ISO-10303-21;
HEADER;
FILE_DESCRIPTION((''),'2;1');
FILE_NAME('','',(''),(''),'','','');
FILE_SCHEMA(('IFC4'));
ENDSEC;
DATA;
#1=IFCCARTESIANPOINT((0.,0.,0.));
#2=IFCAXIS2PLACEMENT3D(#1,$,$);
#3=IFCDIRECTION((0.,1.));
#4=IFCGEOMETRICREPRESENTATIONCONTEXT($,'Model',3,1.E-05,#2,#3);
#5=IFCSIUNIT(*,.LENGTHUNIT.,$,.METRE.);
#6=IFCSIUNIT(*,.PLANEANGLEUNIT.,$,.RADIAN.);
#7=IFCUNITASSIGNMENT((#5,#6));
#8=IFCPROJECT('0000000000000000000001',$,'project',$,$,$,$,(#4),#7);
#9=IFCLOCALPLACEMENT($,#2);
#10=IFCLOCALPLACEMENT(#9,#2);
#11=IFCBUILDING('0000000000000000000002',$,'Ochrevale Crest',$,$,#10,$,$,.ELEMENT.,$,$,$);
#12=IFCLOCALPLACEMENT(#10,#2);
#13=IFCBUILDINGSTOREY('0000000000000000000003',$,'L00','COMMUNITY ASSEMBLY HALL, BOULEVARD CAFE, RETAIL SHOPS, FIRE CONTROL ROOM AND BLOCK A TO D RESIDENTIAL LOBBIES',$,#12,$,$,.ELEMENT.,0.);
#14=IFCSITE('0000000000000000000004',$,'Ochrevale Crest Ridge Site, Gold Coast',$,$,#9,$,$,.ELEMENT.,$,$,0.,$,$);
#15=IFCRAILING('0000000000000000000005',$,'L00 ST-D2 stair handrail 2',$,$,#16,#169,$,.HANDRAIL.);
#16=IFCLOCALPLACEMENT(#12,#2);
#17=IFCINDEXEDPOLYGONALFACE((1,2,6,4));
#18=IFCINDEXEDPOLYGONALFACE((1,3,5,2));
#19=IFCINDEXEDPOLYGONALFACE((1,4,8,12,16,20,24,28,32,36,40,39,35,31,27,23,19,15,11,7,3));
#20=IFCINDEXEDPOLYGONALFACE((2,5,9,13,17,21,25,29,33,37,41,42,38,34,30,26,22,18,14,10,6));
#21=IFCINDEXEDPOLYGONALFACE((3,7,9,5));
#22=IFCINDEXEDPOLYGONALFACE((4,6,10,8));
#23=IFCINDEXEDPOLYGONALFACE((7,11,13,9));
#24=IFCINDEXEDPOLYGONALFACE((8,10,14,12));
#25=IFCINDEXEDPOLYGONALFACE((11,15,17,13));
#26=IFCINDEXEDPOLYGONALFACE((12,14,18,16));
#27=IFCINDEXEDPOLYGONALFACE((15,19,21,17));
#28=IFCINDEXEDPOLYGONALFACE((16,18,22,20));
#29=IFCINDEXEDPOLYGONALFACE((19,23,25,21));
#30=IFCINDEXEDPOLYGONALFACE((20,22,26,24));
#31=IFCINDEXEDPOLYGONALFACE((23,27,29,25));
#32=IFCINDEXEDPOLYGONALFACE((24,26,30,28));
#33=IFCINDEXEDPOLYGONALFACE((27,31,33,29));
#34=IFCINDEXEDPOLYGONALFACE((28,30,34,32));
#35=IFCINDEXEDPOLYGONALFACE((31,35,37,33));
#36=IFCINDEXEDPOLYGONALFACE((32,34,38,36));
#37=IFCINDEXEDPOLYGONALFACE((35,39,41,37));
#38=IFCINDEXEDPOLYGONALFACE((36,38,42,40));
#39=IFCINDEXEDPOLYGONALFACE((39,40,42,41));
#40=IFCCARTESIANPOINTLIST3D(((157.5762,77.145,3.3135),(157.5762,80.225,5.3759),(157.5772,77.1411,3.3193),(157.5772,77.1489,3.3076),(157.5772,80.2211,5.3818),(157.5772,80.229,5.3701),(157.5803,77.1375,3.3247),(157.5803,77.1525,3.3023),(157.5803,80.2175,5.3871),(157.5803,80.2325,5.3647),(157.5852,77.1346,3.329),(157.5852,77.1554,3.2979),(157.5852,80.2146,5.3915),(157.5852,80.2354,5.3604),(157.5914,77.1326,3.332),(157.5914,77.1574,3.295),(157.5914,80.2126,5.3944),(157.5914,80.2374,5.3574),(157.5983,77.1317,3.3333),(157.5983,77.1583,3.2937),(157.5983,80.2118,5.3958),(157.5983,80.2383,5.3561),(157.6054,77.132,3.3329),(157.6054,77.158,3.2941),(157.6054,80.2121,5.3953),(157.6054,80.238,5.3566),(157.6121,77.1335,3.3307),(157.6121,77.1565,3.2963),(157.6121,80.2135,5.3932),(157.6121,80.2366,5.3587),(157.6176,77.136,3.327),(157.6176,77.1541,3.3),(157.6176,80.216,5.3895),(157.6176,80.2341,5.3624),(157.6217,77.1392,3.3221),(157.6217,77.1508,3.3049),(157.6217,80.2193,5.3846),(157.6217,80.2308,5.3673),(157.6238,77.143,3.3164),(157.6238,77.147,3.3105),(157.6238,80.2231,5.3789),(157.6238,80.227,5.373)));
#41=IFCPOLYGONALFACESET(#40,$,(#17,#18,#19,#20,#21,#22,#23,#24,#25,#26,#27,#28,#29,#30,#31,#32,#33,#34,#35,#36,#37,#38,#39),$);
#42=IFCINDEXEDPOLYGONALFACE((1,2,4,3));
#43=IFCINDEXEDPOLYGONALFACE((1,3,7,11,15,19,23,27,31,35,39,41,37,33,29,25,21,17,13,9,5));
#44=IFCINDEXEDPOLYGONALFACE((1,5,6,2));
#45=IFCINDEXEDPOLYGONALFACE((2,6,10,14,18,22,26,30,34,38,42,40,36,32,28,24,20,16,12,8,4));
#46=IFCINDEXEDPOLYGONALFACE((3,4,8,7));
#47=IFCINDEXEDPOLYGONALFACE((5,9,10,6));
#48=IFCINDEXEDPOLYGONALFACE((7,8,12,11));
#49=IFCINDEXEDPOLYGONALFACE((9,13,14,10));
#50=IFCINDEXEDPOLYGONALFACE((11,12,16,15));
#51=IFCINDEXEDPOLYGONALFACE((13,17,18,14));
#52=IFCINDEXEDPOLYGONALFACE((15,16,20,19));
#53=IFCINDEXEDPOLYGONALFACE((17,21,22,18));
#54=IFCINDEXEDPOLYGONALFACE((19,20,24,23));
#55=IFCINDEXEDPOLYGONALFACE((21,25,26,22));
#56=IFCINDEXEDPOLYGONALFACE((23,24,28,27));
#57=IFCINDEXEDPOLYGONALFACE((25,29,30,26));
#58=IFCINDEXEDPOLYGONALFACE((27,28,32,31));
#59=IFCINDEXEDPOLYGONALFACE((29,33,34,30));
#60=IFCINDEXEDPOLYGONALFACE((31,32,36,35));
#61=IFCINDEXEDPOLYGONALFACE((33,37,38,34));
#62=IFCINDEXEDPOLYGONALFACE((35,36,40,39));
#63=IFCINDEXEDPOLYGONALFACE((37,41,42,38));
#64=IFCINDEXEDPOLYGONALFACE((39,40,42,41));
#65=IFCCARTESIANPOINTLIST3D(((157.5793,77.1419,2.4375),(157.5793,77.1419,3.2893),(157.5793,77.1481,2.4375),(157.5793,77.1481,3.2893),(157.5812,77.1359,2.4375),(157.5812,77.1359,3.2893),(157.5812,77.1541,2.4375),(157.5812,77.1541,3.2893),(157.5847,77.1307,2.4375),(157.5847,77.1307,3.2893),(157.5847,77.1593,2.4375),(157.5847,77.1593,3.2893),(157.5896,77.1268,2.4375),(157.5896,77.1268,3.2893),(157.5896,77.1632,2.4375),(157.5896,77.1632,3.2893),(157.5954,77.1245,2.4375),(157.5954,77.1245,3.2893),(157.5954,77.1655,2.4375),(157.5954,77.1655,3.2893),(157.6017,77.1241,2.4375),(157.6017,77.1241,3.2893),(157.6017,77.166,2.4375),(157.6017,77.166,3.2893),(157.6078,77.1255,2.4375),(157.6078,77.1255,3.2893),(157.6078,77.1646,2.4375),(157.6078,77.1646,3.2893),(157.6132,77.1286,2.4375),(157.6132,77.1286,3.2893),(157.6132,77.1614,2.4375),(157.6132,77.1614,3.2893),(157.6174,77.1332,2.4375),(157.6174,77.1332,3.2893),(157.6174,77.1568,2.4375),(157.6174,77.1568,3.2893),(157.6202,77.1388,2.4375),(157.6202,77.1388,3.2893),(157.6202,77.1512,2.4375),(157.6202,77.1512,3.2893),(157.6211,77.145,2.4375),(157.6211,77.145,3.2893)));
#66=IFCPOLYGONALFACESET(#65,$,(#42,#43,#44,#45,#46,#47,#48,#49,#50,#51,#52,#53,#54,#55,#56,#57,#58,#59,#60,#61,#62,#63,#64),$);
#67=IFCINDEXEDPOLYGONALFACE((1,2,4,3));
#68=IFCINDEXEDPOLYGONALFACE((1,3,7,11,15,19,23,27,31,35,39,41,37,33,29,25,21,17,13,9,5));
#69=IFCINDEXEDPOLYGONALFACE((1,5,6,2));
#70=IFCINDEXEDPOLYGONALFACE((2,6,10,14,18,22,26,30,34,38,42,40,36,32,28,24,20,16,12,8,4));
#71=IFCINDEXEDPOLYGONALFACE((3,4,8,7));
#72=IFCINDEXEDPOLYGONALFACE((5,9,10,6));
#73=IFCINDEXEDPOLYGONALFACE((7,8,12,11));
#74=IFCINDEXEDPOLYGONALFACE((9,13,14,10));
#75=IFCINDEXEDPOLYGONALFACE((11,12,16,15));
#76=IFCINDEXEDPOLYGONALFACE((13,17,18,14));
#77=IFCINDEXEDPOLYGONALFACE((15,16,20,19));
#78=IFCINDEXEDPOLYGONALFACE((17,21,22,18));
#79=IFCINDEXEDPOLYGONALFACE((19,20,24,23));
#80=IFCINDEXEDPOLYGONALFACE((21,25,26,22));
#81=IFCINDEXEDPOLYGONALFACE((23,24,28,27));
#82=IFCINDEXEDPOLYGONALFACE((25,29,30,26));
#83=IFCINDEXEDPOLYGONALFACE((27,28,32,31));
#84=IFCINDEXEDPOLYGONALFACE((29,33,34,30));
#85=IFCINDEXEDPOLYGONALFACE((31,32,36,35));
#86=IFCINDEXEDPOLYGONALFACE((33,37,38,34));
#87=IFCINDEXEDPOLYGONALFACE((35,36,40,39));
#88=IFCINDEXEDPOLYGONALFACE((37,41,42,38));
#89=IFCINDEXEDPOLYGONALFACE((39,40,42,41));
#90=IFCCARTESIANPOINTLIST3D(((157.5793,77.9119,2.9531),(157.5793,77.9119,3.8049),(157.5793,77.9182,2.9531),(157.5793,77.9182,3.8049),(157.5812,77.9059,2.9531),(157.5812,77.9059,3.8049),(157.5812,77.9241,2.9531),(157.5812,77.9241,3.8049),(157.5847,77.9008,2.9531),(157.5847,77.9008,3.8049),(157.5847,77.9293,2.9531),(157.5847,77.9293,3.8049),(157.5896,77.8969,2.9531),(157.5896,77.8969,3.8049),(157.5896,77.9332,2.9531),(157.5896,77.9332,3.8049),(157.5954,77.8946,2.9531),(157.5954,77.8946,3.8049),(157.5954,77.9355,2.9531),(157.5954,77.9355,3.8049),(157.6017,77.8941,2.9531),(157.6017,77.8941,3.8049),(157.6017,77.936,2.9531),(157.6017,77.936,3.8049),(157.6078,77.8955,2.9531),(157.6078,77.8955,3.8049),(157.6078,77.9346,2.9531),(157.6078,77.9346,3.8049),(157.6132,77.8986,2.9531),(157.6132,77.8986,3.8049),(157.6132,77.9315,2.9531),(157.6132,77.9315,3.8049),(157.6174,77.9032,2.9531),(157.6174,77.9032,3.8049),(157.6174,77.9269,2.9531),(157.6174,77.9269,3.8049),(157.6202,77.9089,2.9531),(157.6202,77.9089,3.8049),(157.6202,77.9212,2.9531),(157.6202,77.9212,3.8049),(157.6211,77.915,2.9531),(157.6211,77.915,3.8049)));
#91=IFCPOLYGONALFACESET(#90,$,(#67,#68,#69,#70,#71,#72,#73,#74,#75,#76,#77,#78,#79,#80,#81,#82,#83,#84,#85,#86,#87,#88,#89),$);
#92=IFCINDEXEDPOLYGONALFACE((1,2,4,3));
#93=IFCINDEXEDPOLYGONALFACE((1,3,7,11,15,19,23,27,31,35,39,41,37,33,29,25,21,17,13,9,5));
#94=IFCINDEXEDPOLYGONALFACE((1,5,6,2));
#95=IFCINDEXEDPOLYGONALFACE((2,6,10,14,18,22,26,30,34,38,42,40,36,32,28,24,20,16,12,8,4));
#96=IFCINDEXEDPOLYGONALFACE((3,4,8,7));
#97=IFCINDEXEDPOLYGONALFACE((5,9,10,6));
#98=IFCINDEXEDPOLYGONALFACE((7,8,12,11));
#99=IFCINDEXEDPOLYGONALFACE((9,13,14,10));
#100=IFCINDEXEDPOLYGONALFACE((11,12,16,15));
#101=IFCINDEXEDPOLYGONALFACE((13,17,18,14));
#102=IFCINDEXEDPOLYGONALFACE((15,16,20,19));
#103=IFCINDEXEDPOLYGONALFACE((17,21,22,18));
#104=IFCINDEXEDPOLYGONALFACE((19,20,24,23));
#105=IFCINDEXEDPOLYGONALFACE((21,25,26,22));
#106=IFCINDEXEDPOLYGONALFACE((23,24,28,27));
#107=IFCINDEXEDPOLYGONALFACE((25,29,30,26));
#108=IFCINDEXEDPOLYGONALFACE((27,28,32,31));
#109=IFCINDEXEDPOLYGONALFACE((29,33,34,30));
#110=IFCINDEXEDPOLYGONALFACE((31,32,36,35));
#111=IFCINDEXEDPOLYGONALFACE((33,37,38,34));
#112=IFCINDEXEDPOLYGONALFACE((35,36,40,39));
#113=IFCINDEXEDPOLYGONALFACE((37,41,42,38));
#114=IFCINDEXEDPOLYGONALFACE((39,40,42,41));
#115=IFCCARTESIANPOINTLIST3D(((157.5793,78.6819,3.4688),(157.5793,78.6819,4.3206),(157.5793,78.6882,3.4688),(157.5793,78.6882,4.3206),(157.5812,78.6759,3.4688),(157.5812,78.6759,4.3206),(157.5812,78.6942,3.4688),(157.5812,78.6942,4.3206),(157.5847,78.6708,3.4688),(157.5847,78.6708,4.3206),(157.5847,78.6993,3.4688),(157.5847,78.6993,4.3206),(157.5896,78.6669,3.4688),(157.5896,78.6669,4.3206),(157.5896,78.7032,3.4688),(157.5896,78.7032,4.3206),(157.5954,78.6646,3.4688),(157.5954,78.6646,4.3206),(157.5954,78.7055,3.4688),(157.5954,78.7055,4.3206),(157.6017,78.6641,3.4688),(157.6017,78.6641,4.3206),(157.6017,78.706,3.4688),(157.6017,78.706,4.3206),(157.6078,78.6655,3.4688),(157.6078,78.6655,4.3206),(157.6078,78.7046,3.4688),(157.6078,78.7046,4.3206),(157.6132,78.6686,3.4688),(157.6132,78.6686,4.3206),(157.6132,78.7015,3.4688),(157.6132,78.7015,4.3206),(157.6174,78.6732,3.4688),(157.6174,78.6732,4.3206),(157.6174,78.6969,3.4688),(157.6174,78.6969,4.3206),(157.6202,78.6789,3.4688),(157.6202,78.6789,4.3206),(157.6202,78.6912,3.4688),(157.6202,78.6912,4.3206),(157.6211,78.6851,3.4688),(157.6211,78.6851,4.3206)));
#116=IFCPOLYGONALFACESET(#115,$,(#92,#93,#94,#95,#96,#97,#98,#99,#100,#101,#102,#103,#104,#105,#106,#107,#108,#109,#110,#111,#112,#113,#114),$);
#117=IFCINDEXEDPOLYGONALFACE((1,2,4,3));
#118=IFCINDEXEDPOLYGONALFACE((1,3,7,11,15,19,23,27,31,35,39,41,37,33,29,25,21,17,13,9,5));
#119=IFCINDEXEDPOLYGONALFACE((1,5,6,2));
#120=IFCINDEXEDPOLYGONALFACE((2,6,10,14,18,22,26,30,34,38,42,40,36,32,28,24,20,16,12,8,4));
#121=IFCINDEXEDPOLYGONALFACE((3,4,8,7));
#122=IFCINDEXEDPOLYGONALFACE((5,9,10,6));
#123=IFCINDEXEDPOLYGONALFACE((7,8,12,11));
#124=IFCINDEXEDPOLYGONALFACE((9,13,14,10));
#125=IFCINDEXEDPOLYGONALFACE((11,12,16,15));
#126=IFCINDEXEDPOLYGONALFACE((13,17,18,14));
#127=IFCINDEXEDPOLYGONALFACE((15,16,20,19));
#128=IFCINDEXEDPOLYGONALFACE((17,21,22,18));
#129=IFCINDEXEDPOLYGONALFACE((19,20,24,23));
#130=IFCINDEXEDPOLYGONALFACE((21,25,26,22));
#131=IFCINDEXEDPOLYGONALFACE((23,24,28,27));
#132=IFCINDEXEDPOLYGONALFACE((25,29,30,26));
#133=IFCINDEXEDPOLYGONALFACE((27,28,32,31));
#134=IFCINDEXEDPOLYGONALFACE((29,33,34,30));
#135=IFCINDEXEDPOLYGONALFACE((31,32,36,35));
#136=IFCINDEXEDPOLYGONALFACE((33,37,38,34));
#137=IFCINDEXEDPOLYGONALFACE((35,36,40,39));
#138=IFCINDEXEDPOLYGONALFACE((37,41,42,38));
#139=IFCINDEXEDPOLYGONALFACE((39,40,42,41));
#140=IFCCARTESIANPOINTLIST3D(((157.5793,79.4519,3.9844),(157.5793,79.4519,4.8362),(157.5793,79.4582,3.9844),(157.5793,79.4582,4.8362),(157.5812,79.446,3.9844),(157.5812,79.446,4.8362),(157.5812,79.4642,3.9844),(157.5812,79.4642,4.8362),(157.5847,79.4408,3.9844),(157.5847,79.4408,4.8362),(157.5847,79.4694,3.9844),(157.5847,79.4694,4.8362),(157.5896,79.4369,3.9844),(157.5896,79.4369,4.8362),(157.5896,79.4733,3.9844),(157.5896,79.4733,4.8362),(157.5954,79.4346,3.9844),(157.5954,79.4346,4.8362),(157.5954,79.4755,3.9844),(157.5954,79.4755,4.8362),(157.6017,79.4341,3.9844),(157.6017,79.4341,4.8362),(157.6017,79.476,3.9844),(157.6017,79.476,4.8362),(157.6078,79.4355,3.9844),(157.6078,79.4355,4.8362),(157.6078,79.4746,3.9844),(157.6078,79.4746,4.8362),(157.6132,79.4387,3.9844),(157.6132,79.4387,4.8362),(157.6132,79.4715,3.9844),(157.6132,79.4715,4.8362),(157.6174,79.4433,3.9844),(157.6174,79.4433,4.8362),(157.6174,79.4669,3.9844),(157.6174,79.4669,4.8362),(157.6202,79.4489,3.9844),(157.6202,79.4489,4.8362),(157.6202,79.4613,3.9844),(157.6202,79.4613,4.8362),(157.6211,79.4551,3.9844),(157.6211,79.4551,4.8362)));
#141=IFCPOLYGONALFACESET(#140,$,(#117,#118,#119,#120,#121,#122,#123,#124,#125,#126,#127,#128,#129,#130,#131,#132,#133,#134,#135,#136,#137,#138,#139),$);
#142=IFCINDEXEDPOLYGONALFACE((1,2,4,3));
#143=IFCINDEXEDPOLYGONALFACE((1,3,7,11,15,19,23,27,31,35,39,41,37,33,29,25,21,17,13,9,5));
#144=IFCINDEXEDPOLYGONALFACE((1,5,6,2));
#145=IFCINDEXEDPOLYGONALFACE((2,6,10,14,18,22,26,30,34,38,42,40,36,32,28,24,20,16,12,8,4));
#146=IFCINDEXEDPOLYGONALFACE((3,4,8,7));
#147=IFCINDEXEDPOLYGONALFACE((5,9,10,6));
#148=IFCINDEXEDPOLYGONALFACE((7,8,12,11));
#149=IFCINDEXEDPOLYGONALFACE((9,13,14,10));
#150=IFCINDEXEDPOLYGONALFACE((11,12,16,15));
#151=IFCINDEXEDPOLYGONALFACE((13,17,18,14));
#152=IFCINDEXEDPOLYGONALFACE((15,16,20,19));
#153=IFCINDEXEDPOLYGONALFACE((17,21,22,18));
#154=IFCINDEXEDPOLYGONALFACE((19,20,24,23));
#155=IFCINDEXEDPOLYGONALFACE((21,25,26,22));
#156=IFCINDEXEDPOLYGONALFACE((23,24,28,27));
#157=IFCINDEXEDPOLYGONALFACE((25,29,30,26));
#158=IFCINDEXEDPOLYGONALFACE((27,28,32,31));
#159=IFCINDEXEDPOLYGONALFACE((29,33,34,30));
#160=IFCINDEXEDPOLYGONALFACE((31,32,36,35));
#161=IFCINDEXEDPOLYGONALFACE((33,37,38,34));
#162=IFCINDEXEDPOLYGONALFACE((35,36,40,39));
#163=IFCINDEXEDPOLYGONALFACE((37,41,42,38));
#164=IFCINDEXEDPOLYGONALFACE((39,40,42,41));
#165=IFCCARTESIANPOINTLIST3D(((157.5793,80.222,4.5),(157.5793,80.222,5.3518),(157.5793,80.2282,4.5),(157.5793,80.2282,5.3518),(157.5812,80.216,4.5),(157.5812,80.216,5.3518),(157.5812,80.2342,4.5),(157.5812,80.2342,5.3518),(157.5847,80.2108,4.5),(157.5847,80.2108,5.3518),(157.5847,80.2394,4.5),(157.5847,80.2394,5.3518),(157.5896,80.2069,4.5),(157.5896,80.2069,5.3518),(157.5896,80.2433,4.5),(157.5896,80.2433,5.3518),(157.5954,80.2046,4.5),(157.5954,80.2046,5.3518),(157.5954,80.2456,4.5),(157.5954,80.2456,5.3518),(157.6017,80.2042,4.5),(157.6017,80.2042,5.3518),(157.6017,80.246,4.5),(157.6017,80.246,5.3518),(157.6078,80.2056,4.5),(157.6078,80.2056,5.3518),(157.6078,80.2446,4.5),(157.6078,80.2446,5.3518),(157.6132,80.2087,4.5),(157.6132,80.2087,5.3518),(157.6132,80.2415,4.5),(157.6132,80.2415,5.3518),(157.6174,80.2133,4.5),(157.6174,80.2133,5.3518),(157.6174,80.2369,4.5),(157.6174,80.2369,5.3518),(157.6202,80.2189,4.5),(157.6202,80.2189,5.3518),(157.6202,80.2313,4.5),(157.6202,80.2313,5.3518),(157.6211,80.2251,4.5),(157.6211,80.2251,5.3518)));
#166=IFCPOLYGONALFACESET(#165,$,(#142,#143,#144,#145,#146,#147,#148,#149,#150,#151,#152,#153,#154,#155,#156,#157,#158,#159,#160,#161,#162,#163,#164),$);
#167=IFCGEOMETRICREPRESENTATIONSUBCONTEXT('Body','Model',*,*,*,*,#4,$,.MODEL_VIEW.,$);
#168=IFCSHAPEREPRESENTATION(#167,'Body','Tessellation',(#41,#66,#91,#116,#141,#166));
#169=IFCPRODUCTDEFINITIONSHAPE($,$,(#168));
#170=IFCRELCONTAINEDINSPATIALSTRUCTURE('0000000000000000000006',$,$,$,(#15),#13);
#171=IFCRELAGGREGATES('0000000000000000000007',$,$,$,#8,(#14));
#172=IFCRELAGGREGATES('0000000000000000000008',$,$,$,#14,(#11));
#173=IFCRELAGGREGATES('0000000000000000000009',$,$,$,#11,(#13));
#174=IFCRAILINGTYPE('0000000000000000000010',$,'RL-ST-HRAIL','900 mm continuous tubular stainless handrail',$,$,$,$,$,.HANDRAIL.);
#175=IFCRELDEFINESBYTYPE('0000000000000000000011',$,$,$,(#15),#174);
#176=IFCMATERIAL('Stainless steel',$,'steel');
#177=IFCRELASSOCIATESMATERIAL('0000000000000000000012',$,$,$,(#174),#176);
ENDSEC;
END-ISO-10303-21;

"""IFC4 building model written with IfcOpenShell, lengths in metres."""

from ifc_helpers import new_model, si_unit, direction, frame, origin, origin_2d, place, context, subcontext, project, spatial, circle, extrude, material, type_object, element, save


model = new_model("IFC4")

# Units and contexts
model_context = context("Model", 3, precision=1e-05, world=origin(), true_north=direction((0.0, 1.0)))
body_context = subcontext(model_context, "Body", "Model", "MODEL_VIEW")
ifc_project = project(units=[si_unit("LENGTHUNIT", "METRE"), si_unit("PLANEANGLEUNIT", "RADIAN")], contexts=[model_context])

# Site, building, storey
site_placement = place(None, origin())
site = spatial("IfcSite", under=ifc_project, at=site_placement, Name="Ochrevale Crest Ridge Site, Gold Coast", CompositionType="ELEMENT", RefElevation=0.0)
building_placement = place(site_placement, origin())
building = spatial("IfcBuilding", under=site, at=building_placement, Name="Ochrevale Crest", CompositionType="ELEMENT")
storey_placement = place(building_placement, origin())
storey = spatial("IfcBuildingStorey", under=building, at=storey_placement, Name="L00", Description="COMMUNITY ASSEMBLY HALL, BOULEVARD CAFE, RETAIL SHOPS, FIRE CONTROL ROOM AND BLOCK A TO D RESIDENTIAL LOBBIES", CompositionType="ELEMENT", Elevation=0.0)

# Railing
ifc_material_1 = material(Name="Stainless steel", Category="steel")
railing_type_1 = type_object("IfcRailingType", Name="RL-ST-HRAIL", Description="900 mm continuous tubular stainless handrail", PredefinedType="HANDRAIL", material=ifc_material_1)
for number, where, name in (
    (1, (157.6001, 77.145, 2.4375), "L00 ST-D2 stair handrail 2"),
):
    element("IfcRailing", number, at=place(storey_placement, frame(where)), inside=storey, type_object=railing_type_1, Name=name, PredefinedType="HANDRAIL", context=body_context, shape_type="SweptSolid", body=[
        extrude(circle(Radius=0.0239, at=origin_2d()), frame((0.0, 0.0, 0.876), z_axis=(0.0, 0.830914, 0.556401), x_axis=(-1.0, 0.0, 0.0)), (0.0, 0.0, 1.0), 3.7068),
        extrude(circle(Radius=0.021, at=origin_2d()), origin(), (0.0, 0.0, 1.0), 0.8518),
        extrude(circle(Radius=0.021, at=origin_2d()), frame((0.0, 0.77, 0.5156)), (0.0, 0.0, 1.0), 0.8518),
        extrude(circle(Radius=0.021, at=origin_2d()), frame((0.0, 1.54, 1.0312)), (0.0, 0.0, 1.0), 0.8518),
        extrude(circle(Radius=0.021, at=origin_2d()), frame((0.0, 2.3101, 1.5469)), (0.0, 0.0, 1.0), 0.8518),
        extrude(circle(Radius=0.021, at=origin_2d()), frame((0.0, 3.0801, 2.0625)), (0.0, 0.0, 1.0), 0.8518),
    ])

save(model, "model.ifc")
